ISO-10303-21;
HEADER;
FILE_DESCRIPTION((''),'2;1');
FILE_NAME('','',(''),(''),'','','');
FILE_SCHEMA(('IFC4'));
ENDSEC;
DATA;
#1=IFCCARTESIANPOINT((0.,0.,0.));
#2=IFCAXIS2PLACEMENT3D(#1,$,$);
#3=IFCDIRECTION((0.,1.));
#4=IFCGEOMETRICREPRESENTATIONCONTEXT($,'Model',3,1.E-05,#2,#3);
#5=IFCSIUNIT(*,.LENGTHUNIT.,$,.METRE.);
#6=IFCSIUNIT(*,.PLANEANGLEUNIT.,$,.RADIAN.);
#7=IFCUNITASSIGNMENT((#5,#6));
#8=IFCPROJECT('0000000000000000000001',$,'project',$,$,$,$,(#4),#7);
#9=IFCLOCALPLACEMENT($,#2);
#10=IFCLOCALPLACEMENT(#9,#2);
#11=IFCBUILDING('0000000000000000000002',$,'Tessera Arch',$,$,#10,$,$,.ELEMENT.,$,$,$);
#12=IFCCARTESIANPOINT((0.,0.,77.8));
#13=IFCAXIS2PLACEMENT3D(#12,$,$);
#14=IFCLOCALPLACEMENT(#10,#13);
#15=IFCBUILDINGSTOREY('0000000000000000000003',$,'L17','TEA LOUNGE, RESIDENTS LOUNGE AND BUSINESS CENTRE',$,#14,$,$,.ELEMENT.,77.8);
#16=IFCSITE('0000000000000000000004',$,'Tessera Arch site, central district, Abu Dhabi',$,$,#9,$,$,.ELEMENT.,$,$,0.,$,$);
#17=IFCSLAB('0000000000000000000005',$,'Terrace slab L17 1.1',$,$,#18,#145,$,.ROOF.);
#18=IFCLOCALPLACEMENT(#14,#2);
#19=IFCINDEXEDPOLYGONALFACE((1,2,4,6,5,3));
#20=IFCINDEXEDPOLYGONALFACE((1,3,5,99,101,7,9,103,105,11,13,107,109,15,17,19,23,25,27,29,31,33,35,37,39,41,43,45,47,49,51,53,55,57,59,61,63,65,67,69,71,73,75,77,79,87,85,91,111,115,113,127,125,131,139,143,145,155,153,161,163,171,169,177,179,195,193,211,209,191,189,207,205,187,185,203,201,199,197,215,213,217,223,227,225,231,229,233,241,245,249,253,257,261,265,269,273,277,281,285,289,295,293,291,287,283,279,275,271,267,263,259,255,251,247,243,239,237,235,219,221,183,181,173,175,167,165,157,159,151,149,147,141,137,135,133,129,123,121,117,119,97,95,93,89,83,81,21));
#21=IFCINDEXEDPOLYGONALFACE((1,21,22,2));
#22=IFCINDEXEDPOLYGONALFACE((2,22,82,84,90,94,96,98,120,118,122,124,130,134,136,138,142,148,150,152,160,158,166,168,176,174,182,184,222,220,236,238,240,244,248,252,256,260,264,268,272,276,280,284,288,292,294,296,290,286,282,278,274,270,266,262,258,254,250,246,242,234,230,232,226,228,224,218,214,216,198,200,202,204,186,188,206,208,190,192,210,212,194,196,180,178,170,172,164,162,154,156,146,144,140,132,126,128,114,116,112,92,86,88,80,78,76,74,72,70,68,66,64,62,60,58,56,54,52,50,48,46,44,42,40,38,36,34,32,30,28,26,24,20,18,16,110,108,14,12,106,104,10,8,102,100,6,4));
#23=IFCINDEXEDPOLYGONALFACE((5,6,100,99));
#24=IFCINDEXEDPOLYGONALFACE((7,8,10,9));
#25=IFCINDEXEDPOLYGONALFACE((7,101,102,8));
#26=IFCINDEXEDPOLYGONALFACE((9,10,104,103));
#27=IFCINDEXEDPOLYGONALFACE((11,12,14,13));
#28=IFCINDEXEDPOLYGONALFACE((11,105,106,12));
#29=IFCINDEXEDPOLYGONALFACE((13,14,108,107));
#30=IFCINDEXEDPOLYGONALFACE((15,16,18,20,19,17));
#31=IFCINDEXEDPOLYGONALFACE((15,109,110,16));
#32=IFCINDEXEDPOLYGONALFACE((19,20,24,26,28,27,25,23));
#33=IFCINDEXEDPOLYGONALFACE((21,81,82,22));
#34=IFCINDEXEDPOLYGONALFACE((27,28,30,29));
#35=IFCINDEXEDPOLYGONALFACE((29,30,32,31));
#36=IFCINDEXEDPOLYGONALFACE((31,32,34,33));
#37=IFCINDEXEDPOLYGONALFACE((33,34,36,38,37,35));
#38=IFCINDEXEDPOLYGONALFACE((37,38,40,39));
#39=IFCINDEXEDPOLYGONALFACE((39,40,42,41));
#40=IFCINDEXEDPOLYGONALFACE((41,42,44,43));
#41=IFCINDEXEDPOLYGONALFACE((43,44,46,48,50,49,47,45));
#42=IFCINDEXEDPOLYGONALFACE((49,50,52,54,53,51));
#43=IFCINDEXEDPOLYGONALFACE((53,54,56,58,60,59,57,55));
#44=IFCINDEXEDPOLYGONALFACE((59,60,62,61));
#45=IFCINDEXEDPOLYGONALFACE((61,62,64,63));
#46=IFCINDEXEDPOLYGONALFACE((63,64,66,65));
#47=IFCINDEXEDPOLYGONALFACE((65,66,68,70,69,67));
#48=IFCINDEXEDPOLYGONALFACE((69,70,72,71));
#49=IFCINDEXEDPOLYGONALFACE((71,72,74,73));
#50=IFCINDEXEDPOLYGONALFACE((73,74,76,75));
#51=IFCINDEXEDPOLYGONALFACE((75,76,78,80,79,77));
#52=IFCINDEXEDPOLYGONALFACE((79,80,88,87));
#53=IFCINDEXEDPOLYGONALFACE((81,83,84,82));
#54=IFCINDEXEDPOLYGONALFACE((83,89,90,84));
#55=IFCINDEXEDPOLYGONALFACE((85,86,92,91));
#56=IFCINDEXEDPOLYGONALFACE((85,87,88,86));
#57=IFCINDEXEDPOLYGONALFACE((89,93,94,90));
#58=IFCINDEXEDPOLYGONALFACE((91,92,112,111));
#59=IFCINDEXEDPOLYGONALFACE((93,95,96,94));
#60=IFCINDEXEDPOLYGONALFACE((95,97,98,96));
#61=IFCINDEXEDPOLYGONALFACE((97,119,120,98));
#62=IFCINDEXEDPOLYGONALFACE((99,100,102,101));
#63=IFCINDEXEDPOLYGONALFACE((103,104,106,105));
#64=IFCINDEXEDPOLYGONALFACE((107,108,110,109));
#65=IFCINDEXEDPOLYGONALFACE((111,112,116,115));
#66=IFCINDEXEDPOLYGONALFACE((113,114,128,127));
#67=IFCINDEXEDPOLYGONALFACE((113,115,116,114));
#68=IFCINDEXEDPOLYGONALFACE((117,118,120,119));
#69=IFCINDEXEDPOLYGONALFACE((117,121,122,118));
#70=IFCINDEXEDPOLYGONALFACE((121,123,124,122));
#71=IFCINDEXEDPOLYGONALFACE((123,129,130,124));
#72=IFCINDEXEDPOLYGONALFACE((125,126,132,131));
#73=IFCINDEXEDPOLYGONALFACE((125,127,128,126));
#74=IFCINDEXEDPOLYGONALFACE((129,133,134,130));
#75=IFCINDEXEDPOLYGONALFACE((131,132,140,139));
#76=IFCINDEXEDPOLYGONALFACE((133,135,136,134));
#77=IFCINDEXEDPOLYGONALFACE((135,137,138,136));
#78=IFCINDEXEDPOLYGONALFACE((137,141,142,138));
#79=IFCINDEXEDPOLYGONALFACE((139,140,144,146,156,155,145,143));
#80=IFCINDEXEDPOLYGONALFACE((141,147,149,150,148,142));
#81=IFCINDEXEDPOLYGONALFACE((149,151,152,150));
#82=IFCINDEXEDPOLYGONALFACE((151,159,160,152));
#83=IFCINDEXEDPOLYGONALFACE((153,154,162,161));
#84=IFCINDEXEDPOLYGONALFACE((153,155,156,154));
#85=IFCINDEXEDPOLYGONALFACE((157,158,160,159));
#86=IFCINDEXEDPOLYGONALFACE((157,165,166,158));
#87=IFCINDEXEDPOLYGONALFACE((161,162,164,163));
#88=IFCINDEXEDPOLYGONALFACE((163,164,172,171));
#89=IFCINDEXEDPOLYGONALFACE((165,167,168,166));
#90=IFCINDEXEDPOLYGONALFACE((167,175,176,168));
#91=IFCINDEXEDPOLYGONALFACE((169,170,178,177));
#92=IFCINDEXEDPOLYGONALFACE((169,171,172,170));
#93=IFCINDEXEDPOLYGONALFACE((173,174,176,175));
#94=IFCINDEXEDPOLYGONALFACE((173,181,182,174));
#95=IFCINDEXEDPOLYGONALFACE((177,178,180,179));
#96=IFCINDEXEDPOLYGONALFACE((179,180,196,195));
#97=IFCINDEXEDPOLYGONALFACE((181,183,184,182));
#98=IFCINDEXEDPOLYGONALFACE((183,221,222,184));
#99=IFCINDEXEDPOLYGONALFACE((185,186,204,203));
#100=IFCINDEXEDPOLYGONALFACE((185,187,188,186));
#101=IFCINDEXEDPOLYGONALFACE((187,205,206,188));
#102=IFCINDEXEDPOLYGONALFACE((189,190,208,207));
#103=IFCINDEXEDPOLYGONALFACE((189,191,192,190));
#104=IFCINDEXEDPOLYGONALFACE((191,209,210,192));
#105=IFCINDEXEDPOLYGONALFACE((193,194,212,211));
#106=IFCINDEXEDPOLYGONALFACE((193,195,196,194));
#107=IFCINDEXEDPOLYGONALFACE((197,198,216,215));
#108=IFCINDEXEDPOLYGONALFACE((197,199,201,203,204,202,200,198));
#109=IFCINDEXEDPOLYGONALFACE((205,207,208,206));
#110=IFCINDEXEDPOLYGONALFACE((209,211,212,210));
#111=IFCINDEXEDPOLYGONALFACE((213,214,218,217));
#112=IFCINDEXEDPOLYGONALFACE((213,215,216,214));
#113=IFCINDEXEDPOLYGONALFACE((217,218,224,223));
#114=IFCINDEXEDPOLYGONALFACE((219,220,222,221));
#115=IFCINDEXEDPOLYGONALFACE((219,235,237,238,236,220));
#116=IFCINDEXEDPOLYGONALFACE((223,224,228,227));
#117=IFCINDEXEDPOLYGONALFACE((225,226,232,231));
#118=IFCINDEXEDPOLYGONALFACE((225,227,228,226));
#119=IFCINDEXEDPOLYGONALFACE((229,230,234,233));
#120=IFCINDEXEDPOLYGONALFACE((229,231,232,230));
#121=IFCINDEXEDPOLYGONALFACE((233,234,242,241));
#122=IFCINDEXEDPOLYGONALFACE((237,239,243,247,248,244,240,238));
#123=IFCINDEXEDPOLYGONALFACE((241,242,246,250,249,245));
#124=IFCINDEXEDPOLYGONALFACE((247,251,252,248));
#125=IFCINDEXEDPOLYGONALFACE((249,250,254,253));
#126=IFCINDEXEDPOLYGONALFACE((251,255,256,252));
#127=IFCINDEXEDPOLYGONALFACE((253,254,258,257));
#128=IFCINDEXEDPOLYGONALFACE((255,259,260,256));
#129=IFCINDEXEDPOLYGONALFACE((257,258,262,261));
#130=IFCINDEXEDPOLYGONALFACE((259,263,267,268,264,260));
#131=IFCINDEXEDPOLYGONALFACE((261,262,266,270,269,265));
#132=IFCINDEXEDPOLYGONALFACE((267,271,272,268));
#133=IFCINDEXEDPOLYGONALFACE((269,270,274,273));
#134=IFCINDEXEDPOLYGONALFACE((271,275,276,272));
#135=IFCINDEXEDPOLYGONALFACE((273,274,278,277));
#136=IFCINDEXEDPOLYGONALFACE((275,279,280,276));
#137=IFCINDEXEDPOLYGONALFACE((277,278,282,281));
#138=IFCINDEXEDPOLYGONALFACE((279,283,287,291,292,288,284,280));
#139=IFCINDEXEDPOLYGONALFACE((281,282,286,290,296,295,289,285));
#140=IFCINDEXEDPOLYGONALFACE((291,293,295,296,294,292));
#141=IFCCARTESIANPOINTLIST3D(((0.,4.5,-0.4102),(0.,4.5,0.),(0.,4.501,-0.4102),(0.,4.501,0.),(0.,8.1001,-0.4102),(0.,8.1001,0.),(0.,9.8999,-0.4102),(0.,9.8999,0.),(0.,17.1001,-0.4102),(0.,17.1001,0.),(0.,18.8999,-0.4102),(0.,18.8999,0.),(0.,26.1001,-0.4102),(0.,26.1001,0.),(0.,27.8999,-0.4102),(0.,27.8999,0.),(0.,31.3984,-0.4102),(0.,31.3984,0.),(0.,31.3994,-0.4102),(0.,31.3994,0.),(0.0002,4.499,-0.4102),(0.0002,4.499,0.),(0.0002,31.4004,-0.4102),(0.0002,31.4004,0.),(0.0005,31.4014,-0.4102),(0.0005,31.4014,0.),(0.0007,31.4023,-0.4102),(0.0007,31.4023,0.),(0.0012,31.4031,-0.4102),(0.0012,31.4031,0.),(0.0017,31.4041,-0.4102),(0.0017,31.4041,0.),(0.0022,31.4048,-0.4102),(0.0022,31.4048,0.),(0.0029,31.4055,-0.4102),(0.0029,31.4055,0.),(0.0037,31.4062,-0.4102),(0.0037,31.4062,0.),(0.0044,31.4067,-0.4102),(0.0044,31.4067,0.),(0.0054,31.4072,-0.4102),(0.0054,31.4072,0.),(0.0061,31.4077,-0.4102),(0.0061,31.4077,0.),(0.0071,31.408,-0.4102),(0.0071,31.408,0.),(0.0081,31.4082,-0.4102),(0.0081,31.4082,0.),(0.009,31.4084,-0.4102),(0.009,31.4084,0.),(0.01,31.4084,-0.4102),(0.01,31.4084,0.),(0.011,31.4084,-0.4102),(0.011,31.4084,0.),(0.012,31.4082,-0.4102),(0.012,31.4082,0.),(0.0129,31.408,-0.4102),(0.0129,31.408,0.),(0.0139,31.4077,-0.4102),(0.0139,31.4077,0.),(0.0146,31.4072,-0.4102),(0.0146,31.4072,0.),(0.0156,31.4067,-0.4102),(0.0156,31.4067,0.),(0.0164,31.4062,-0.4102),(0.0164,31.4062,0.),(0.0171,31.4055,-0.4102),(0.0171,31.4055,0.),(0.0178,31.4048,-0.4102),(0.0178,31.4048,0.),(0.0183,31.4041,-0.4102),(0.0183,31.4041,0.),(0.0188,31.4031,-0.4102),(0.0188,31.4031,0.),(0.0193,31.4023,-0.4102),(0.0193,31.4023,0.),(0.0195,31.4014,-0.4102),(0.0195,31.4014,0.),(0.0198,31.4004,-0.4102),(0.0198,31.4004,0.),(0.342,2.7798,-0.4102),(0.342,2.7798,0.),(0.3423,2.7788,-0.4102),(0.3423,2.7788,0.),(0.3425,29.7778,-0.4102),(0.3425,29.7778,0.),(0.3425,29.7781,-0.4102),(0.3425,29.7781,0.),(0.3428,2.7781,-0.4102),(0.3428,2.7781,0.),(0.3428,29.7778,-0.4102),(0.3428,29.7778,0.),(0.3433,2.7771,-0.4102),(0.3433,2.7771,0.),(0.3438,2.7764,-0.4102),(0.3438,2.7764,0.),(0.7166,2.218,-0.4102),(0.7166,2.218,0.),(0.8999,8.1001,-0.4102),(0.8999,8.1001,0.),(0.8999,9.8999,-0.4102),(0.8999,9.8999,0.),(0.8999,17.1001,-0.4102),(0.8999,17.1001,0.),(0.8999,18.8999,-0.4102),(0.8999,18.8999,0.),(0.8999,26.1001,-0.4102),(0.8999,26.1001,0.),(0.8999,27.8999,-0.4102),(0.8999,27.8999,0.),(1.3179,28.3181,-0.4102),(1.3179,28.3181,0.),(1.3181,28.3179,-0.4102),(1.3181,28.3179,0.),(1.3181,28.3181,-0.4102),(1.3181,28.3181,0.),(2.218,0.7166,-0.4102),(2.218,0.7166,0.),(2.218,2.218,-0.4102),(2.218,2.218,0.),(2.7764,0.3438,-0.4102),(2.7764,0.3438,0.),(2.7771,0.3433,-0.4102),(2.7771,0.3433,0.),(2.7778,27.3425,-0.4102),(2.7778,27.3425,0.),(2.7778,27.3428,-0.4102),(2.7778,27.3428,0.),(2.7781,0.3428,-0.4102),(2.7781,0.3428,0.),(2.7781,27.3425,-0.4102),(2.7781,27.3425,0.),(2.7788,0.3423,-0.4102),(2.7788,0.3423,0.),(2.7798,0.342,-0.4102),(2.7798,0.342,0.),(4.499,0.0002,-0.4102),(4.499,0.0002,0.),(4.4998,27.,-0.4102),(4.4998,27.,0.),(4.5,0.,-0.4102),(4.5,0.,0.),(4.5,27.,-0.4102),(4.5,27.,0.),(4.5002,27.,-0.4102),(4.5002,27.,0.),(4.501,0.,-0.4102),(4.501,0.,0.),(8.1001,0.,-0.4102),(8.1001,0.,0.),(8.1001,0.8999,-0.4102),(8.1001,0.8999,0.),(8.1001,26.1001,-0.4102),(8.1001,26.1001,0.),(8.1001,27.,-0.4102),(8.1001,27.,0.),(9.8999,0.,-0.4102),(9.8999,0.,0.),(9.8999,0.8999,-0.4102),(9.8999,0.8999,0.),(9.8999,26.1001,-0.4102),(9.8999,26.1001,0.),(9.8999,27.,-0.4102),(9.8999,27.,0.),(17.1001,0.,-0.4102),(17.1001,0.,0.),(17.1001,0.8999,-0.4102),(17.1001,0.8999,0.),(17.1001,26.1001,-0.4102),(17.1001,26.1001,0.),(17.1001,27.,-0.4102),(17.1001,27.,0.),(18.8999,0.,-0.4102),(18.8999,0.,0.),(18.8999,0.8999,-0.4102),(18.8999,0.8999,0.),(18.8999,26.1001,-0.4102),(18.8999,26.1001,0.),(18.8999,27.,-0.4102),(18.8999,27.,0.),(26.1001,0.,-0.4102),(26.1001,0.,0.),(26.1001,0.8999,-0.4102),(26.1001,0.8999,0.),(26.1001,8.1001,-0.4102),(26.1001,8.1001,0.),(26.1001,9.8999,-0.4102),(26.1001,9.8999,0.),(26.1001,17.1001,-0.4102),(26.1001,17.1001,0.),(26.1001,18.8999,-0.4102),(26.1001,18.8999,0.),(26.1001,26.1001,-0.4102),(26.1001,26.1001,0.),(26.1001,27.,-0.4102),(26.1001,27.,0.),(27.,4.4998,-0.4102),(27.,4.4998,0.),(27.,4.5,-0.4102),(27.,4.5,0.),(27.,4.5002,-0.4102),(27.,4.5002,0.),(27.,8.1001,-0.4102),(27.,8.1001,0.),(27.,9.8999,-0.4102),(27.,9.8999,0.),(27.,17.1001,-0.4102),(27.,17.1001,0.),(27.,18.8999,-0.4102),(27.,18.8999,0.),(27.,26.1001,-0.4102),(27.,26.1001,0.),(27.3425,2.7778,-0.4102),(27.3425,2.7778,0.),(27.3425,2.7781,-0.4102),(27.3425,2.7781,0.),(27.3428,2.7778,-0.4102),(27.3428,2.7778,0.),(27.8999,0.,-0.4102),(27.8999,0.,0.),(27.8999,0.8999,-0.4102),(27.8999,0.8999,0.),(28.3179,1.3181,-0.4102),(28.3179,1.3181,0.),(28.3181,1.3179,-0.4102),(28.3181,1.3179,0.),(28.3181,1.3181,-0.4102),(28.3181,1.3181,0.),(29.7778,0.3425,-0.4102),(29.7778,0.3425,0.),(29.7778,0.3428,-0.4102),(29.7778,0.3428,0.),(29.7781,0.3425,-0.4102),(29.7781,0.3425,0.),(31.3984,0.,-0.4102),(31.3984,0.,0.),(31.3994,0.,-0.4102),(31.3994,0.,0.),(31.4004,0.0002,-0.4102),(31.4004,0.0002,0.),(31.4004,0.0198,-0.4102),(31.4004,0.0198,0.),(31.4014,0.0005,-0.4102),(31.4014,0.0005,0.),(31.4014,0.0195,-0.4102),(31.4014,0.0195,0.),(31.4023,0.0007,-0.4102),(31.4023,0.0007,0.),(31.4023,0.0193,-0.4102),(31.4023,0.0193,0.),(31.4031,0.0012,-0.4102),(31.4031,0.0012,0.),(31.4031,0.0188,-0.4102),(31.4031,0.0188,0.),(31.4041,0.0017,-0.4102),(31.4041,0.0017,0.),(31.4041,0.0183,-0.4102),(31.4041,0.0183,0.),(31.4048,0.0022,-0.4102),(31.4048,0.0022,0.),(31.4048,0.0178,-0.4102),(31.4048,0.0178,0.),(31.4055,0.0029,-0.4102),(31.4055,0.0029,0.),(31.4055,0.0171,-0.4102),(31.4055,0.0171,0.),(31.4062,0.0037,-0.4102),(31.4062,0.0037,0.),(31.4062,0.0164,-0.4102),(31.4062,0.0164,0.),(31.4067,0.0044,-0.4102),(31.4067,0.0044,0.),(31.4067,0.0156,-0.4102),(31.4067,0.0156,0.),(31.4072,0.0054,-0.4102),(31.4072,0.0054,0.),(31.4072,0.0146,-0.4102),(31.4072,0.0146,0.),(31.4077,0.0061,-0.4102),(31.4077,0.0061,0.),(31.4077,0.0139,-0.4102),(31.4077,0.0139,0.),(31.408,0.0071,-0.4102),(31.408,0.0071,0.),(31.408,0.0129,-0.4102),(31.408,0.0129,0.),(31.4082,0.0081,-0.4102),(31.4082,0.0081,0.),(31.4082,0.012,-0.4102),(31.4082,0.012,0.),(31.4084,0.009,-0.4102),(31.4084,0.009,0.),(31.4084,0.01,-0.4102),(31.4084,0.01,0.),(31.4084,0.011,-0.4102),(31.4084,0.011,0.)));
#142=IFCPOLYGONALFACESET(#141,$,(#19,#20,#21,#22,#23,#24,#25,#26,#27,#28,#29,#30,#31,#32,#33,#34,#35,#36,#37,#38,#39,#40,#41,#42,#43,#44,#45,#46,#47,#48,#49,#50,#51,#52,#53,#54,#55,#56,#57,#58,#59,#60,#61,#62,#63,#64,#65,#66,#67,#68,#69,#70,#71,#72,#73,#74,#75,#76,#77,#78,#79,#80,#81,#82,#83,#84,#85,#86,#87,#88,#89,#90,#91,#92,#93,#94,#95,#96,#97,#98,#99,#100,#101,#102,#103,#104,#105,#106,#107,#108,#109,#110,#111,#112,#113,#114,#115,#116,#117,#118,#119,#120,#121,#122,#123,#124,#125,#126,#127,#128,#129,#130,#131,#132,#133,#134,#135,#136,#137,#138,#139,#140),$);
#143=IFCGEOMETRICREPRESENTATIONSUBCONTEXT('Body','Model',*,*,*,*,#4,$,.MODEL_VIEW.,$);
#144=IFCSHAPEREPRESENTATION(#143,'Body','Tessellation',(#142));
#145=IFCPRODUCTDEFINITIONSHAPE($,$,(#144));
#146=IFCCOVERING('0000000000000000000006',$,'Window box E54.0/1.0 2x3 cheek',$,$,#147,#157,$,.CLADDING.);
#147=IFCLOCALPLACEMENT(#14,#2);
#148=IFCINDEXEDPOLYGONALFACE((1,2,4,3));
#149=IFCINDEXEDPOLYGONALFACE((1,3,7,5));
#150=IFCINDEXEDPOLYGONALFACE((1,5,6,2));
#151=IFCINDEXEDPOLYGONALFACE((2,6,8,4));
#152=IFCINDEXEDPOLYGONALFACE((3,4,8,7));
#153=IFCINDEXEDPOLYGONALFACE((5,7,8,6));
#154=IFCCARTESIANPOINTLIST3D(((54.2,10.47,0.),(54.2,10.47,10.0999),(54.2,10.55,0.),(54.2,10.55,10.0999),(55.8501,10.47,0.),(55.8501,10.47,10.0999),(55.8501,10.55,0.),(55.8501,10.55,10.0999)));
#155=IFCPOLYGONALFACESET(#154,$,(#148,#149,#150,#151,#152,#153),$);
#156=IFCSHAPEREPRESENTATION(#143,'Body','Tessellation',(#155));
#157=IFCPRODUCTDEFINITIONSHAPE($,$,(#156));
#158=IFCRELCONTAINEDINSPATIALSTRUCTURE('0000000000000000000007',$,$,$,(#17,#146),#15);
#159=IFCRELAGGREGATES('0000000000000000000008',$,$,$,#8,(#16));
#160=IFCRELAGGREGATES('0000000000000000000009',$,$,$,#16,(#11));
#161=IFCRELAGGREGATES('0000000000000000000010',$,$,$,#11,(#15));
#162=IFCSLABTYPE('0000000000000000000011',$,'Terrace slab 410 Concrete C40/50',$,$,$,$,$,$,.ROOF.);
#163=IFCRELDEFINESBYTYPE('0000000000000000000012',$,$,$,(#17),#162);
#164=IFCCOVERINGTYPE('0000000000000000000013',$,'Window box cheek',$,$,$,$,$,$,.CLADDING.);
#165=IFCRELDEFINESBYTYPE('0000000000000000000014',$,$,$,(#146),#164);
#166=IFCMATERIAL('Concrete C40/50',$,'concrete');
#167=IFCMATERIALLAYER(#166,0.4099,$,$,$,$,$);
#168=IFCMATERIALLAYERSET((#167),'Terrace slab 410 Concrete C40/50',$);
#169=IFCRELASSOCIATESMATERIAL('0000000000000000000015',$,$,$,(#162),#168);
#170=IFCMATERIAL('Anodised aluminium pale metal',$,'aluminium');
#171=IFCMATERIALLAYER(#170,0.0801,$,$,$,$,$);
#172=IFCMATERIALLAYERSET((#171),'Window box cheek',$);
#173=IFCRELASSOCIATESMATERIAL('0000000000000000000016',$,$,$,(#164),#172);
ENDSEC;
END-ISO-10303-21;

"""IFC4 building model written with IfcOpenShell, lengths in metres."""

from ifc_helpers import new_model, si_unit, direction, frame, origin, place, context, subcontext, project, spatial, polyline, outline, extrude, material, layer, layer_set, type_object, element, save


model = new_model("IFC4")

# Units and contexts
model_context = context("Model", 3, precision=1e-05, world=origin(), true_north=direction((0.0, 1.0)))
body_context = subcontext(model_context, "Body", "Model", "MODEL_VIEW")
ifc_project = project(units=[si_unit("LENGTHUNIT", "METRE"), si_unit("PLANEANGLEUNIT", "RADIAN")], contexts=[model_context])

# Site, building, storey
site_placement = place(None, origin())
site = spatial("IfcSite", under=ifc_project, at=site_placement, Name="Tessera Arch site, central district, Abu Dhabi", CompositionType="ELEMENT", RefElevation=0.0)
building_placement = place(site_placement, origin())
building = spatial("IfcBuilding", under=site, at=building_placement, Name="Tessera Arch", CompositionType="ELEMENT")
storey_placement = place(building_placement, frame((0.0, 0.0, 77.8)))
storey = spatial("IfcBuildingStorey", under=building, at=storey_placement, Name="L17", Description="TEA LOUNGE, RESIDENTS LOUNGE AND BUSINESS CENTRE", CompositionType="ELEMENT", Elevation=77.8)

# Slab
ifc_material_1 = material(Name="Concrete C40/50", Category="concrete")
ifc_layer_1 = layer(ifc_material_1, 0.4099)
ifc_layer_set_1 = layer_set([ifc_layer_1], Name="Terrace slab 410 Concrete C40/50")
slab_type_1 = type_object("IfcSlabType", Name="Terrace slab 410 Concrete C40/50", PredefinedType="ROOF", material=ifc_layer_set_1)
slab_1_placement = place(storey_placement, frame((0.0, 0.0, -0.4102)))
element("IfcSlab", 1, at=slab_1_placement, inside=storey, type_object=slab_type_1, Name="Terrace slab L17 1.1", PredefinedType="ROOF", context=body_context, shape_type="SweptSolid", body=[
    extrude(outline(polyline([(0.3428, 29.7778), (1.3179, 28.3181), (1.3181, 28.3181), (1.3181, 28.3179), (2.7778, 27.3428), (2.7778, 27.3425), (2.7781, 27.3425), (4.4998, 27.0), (4.5, 27.0), (4.5002, 27.0), (8.1001, 27.0), (8.1001, 26.1001), (9.8999, 26.1001), (9.8999, 27.0), (17.1001, 27.0), (17.1001, 26.1001), (18.8999, 26.1001), (18.8999, 27.0), (26.1001, 27.0), (26.1001, 26.1001), (27.0, 26.1001), (27.0, 18.8999), (26.1001, 18.8999), (26.1001, 17.1001), (27.0, 17.1001), (27.0, 9.8999), (26.1001, 9.8999), (26.1001, 8.1001), (27.0, 8.1001), (27.0, 4.5002), (27.0, 4.5), (27.0, 4.4998), (27.3425, 2.7781), (27.3425, 2.7778), (27.3428, 2.7778), (28.3179, 1.3181), (28.3181, 1.3181), (28.3181, 1.3179), (29.7778, 0.3428), (29.7778, 0.3425), (29.7781, 0.3425), (31.4004, 0.0198), (31.4014, 0.0195), (31.4023, 0.0193), (31.4031, 0.0188), (31.4041, 0.0183), (31.4048, 0.0178), (31.4055, 0.0171), (31.4062, 0.0164), (31.4067, 0.0156), (31.4072, 0.0146), (31.4077, 0.0139), (31.408, 0.0129), (31.4082, 0.012), (31.4084, 0.011), (31.4084, 0.01), (31.4084, 0.009), (31.4082, 0.0081), (31.408, 0.0071), (31.4077, 0.0061), (31.4072, 0.0054), (31.4067, 0.0044), (31.4062, 0.0037), (31.4055, 0.0029), (31.4048, 0.0022), (31.4041, 0.0017), (31.4031, 0.0012), (31.4023, 0.0007), (31.4014, 0.0005), (31.4004, 0.0002), (31.3994, 0.0), (31.3984, 0.0), (27.8999, 0.0), (27.8999, 0.8999), (26.1001, 0.8999), (26.1001, 0.0), (18.8999, 0.0), (18.8999, 0.8999), (17.1001, 0.8999), (17.1001, 0.0), (9.8999, 0.0), (9.8999, 0.8999), (8.1001, 0.8999), (8.1001, 0.0), (4.501, 0.0), (4.5, 0.0), (4.499, 0.0002), (2.7798, 0.342), (2.7788, 0.3423), (2.7781, 0.3428), (2.7771, 0.3433), (2.7764, 0.3438), (2.218, 0.7166), (2.218, 2.218), (0.7166, 2.218), (0.3438, 2.7764), (0.3433, 2.7771), (0.3428, 2.7781), (0.3423, 2.7788), (0.342, 2.7798), (0.0002, 4.499), (0.0, 4.5), (0.0, 4.501), (0.0, 8.1001), (0.8999, 8.1001), (0.8999, 9.8999), (0.0, 9.8999), (0.0, 17.1001), (0.8999, 17.1001), (0.8999, 18.8999), (0.0, 18.8999), (0.0, 26.1001), (0.8999, 26.1001), (0.8999, 27.8999), (0.0, 27.8999), (0.0, 31.3984), (0.0, 31.3994), (0.0002, 31.4004), (0.0005, 31.4014), (0.0007, 31.4023), (0.0012, 31.4031), (0.0017, 31.4041), (0.0022, 31.4048), (0.0029, 31.4055), (0.0037, 31.4062), (0.0044, 31.4067), (0.0054, 31.4072), (0.0061, 31.4077), (0.0071, 31.408), (0.0081, 31.4082), (0.009, 31.4084), (0.01, 31.4084), (0.011, 31.4084), (0.012, 31.4082), (0.0129, 31.408), (0.0139, 31.4077), (0.0146, 31.4072), (0.0156, 31.4067), (0.0164, 31.4062), (0.0171, 31.4055), (0.0178, 31.4048), (0.0183, 31.4041), (0.0188, 31.4031), (0.0193, 31.4023), (0.0195, 31.4014), (0.0198, 31.4004), (0.3425, 29.7781), (0.3425, 29.7778), (0.3428, 29.7778)])), origin(), (0.0, 0.0, 1.0), 0.4102),
])

# Covering
ifc_material_2 = material(Name="Anodised aluminium pale metal", Category="aluminium")
ifc_layer_2 = layer(ifc_material_2, 0.0801)
ifc_layer_set_2 = layer_set([ifc_layer_2], Name="Window box cheek")
covering_type_1 = type_object("IfcCoveringType", Name="Window box cheek", PredefinedType="CLADDING", material=ifc_layer_set_2)
covering_placement = place(storey_placement, origin())
element("IfcCovering", 2, at=covering_placement, inside=storey, type_object=covering_type_1, Name="Window box E54.0/1.0 2x3 cheek", PredefinedType="CLADDING", context=body_context, shape_type="SweptSolid", body=[
    extrude(outline(polyline([(55.8501, 10.47), (55.8501, 10.55), (54.2, 10.55), (54.2, 10.47), (55.8501, 10.47)])), origin(), (0.0, 0.0, 1.0), 10.0999),
])

save(model, "model.ifc")
